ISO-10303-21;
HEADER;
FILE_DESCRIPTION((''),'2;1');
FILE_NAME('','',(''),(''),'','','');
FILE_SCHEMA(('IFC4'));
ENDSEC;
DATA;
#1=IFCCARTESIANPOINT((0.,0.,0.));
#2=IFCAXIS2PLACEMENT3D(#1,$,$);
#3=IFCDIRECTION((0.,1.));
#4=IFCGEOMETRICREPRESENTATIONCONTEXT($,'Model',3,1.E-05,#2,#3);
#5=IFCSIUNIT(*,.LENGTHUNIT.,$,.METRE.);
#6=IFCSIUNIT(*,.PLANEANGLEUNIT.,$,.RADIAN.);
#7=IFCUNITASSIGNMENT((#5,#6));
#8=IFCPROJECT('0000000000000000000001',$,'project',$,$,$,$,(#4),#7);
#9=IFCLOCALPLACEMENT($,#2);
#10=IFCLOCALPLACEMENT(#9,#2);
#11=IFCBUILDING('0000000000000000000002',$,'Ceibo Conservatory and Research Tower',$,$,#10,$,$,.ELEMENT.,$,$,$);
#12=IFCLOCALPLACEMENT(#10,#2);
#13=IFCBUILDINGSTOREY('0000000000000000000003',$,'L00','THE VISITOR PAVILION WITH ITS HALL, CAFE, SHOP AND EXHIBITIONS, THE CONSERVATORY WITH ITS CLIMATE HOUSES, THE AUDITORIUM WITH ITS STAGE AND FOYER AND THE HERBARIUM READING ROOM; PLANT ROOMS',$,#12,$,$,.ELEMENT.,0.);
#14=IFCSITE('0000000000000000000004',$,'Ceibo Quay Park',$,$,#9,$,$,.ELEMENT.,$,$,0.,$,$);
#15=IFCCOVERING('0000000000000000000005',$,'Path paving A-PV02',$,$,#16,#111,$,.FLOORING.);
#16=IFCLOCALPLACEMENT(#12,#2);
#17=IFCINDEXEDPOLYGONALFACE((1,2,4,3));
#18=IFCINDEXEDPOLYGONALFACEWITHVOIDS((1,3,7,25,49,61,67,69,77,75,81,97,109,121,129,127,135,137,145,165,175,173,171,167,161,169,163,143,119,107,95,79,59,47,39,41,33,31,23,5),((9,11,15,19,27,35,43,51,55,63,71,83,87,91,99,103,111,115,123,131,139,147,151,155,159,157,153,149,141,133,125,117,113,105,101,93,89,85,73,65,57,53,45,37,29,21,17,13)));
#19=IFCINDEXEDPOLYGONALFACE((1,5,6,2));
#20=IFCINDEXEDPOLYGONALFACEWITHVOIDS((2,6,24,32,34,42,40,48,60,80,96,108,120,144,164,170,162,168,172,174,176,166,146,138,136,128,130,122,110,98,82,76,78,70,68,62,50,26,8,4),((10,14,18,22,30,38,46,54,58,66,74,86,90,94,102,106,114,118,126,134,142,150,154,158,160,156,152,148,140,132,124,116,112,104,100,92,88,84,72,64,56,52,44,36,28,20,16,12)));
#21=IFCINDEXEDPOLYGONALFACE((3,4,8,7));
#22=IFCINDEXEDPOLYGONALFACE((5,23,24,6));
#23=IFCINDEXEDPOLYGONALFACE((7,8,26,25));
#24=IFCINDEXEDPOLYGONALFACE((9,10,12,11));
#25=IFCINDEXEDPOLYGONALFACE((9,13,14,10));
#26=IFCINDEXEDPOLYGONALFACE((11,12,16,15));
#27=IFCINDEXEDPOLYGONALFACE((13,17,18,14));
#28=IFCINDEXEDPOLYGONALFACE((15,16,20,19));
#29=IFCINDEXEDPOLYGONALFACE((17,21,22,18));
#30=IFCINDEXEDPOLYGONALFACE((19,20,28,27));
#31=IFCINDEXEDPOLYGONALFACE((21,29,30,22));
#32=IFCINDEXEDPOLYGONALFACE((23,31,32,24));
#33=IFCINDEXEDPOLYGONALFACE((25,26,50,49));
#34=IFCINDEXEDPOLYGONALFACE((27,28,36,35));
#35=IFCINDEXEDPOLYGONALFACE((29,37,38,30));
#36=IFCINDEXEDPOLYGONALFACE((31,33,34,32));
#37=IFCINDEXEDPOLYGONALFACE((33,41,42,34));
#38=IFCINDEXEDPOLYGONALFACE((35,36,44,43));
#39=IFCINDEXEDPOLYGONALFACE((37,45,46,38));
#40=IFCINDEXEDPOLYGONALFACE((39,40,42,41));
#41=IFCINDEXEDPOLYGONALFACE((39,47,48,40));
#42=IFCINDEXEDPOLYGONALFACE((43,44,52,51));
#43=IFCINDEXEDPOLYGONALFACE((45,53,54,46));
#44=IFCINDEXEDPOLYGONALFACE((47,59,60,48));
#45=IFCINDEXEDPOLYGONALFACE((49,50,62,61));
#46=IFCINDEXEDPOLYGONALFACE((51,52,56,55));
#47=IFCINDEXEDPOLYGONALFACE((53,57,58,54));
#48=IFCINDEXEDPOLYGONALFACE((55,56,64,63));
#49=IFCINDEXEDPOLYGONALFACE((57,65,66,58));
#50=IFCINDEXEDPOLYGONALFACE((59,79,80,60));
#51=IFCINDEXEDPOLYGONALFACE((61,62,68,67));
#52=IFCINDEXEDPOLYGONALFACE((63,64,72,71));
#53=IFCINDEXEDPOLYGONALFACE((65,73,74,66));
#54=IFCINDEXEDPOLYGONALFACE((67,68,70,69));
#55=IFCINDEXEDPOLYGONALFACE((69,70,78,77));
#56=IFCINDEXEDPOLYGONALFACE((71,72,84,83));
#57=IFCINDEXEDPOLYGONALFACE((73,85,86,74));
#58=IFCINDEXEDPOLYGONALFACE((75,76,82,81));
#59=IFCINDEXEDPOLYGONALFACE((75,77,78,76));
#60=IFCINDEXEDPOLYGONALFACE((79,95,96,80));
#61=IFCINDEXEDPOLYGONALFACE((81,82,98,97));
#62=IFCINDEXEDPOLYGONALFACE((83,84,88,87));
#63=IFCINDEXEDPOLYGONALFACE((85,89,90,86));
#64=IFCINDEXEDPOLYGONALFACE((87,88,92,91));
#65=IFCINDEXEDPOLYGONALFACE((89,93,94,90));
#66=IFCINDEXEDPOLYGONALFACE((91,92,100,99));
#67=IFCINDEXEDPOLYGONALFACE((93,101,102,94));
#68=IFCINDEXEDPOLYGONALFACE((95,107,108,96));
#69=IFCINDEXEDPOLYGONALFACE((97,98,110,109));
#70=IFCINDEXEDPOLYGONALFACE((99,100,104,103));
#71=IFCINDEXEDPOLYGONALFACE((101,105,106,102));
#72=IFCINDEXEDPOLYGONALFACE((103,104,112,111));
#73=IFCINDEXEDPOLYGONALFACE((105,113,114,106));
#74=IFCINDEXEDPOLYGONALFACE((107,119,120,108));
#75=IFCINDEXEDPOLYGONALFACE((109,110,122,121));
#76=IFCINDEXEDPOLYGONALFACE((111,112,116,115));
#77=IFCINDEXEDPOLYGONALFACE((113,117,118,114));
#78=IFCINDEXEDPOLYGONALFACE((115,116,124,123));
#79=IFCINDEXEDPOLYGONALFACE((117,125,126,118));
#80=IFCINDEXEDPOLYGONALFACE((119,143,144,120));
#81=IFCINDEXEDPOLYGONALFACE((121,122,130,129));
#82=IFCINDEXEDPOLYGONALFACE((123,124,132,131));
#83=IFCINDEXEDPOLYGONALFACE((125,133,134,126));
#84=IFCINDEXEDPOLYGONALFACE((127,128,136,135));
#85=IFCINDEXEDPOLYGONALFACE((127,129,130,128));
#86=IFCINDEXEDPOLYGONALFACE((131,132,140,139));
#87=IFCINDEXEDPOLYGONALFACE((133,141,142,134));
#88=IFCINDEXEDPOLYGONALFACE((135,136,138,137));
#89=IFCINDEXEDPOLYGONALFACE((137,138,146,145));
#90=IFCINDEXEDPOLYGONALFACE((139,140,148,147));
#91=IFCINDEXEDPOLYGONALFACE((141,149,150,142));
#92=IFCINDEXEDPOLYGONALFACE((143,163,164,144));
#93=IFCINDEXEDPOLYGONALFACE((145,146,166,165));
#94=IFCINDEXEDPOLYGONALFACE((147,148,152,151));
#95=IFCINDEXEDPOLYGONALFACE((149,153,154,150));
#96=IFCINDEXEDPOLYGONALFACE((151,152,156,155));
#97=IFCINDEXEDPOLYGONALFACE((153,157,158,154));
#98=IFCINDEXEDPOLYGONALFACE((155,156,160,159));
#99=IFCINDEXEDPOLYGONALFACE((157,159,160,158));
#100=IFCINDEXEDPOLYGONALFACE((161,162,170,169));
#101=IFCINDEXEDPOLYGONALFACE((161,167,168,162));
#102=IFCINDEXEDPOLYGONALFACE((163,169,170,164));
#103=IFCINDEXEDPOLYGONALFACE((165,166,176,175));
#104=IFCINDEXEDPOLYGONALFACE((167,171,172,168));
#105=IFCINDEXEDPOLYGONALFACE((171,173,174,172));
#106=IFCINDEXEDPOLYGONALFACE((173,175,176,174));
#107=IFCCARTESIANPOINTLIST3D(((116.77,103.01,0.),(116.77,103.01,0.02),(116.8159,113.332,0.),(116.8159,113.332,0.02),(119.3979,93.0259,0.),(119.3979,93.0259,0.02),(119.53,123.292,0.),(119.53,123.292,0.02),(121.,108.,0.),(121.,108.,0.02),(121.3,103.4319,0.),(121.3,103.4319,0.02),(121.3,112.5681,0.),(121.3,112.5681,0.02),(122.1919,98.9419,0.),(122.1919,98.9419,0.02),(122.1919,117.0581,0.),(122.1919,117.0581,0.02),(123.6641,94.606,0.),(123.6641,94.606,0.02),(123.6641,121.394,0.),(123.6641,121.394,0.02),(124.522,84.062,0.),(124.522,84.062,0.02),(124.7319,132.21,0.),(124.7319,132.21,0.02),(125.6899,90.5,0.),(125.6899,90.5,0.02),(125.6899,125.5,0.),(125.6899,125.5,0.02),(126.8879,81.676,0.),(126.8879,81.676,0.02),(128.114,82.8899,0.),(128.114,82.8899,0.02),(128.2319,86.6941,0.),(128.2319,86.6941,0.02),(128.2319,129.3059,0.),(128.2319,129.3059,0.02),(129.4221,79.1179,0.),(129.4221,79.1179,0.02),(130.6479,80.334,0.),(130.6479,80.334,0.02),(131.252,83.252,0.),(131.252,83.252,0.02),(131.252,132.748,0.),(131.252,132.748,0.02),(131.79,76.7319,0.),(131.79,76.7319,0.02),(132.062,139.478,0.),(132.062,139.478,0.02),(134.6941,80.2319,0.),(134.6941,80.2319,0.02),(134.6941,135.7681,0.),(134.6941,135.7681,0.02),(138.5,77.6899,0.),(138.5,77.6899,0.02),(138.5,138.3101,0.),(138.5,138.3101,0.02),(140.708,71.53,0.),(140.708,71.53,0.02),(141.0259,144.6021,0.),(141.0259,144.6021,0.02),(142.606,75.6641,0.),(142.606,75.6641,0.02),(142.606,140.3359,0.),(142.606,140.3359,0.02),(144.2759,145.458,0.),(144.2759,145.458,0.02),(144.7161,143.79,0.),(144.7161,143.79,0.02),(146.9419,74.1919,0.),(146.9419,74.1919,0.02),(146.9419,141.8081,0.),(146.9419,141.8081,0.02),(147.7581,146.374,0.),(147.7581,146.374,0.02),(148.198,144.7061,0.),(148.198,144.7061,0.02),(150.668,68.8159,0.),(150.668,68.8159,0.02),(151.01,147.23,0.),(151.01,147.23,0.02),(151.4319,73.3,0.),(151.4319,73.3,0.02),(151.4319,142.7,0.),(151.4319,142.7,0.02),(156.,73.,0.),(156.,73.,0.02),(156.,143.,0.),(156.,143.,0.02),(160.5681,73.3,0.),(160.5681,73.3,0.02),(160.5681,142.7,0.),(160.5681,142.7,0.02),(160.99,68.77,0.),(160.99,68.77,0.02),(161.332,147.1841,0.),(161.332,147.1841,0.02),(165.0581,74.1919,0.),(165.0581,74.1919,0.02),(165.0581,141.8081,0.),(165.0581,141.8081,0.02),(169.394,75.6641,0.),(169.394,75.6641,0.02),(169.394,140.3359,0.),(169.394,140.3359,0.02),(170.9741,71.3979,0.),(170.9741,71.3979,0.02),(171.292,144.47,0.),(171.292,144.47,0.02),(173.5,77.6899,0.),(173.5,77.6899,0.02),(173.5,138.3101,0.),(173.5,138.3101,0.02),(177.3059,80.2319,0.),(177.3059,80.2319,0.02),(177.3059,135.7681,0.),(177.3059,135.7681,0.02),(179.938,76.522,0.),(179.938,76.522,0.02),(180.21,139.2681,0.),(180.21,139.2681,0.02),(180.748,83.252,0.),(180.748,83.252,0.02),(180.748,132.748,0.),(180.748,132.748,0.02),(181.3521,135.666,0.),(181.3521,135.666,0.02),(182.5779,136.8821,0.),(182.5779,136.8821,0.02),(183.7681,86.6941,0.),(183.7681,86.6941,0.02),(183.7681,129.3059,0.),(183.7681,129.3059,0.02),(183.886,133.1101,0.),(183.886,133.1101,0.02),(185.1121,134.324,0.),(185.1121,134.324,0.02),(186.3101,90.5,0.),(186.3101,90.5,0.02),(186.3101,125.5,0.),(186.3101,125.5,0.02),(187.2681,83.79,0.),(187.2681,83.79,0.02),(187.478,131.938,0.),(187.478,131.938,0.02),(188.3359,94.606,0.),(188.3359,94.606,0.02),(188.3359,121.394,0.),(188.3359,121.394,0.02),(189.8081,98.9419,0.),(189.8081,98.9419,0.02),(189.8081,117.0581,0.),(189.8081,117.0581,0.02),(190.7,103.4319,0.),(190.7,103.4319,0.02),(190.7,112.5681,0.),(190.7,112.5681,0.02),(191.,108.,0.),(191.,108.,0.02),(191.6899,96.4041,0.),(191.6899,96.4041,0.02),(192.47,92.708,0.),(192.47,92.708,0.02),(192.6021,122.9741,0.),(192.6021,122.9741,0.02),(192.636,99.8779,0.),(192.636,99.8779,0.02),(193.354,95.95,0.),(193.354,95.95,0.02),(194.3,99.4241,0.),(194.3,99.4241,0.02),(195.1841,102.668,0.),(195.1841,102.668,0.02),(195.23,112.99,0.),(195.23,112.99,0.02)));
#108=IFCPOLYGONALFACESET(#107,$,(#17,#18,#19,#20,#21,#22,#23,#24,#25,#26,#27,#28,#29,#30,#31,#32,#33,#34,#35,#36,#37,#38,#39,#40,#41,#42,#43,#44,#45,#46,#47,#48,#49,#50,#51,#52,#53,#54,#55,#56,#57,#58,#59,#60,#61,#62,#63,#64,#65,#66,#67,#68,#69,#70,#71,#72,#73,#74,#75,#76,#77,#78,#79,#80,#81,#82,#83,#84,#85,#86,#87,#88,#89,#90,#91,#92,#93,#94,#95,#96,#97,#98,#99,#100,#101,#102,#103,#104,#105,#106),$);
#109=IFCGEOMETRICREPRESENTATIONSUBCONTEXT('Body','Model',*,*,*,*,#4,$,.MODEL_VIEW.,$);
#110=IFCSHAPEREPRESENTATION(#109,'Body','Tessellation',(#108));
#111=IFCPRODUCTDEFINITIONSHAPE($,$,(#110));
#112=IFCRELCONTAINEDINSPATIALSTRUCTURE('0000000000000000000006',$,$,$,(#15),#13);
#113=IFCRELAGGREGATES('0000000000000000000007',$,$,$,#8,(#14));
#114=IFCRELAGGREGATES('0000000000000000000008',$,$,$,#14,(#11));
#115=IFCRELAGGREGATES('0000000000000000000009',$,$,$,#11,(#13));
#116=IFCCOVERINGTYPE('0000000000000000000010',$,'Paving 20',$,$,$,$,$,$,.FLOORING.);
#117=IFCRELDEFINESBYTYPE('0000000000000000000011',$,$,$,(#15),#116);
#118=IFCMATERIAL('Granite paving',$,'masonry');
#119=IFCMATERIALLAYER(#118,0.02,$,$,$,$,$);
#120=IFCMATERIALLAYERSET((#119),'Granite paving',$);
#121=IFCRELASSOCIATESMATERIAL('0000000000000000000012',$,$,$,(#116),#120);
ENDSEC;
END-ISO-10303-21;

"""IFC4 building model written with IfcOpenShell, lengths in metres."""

from ifc_helpers import new_model, si_unit, direction, origin, place, context, subcontext, project, spatial, polyline, outline, extrude, material, layer, layer_set, type_object, element, save


model = new_model("IFC4")

# Units and contexts
model_context = context("Model", 3, precision=1e-05, world=origin(), true_north=direction((0.0, 1.0)))
body_context = subcontext(model_context, "Body", "Model", "MODEL_VIEW")
ifc_project = project(units=[si_unit("LENGTHUNIT", "METRE"), si_unit("PLANEANGLEUNIT", "RADIAN")], contexts=[model_context])

# Site, building, storey
site_placement = place(None, origin())
site = spatial("IfcSite", under=ifc_project, at=site_placement, Name="Ceibo Quay Park", CompositionType="ELEMENT", RefElevation=0.0)
building_placement = place(site_placement, origin())
building = spatial("IfcBuilding", under=site, at=building_placement, Name="Ceibo Conservatory and Research Tower", CompositionType="ELEMENT")
storey_placement = place(building_placement, origin())
storey = spatial("IfcBuildingStorey", under=building, at=storey_placement, Name="L00", Description="THE VISITOR PAVILION WITH ITS HALL, CAFE, SHOP AND EXHIBITIONS, THE CONSERVATORY WITH ITS CLIMATE HOUSES, THE AUDITORIUM WITH ITS STAGE AND FOYER AND THE HERBARIUM READING ROOM; PLANT ROOMS", CompositionType="ELEMENT", Elevation=0.0)

# Covering
ifc_material_1 = material(Name="Granite paving", Category="masonry")
ifc_layer_1 = layer(ifc_material_1, 0.02)
ifc_layer_set_1 = layer_set([ifc_layer_1], Name="Granite paving")
covering_type_1 = type_object("IfcCoveringType", Name="Paving 20", PredefinedType="FLOORING", material=ifc_layer_set_1)
covering_1_placement = place(storey_placement, origin())
element("IfcCovering", 1, at=covering_1_placement, inside=storey, type_object=covering_type_1, Name="Path paving A-PV02", PredefinedType="FLOORING", context=body_context, shape_type="SweptSolid", body=[
    extrude(outline(polyline([(132.062, 139.478), (124.7319, 132.21), (119.53, 123.292), (116.8159, 113.332), (116.77, 103.01), (119.3979, 93.0259), (124.522, 84.062), (126.8879, 81.676), (128.114, 82.8899), (130.6479, 80.334), (129.4221, 79.1179), (131.79, 76.7319), (140.708, 71.53), (150.668, 68.8159), (160.99, 68.77), (170.9741, 71.3979), (179.938, 76.522), (187.2681, 83.79), (192.47, 92.708), (193.354, 95.95), (191.6899, 96.4041), (192.636, 99.8779), (194.3, 99.4241), (195.1841, 102.668), (195.23, 112.99), (192.6021, 122.9741), (187.478, 131.938), (185.1121, 134.324), (183.886, 133.1101), (181.3521, 135.666), (182.5779, 136.8821), (180.21, 139.2681), (171.292, 144.47), (161.332, 147.1841), (151.01, 147.23), (147.7581, 146.374), (148.198, 144.7061), (144.7161, 143.79), (144.2759, 145.458), (141.0259, 144.6021), (132.062, 139.478)]), holes=[polyline([(121.0, 108.0), (121.3, 112.5681), (122.1919, 117.0581), (123.6641, 121.394), (125.6899, 125.5), (128.2319, 129.3059), (131.252, 132.748), (134.6941, 135.7681), (138.5, 138.3101), (142.606, 140.3359), (146.9419, 141.8081), (151.4319, 142.7), (156.0, 143.0), (160.5681, 142.7), (165.0581, 141.8081), (169.394, 140.3359), (173.5, 138.3101), (177.3059, 135.7681), (180.748, 132.748), (183.7681, 129.3059), (186.3101, 125.5), (188.3359, 121.394), (189.8081, 117.0581), (190.7, 112.5681), (191.0, 108.0), (190.7, 103.4319), (189.8081, 98.9419), (188.3359, 94.606), (186.3101, 90.5), (183.7681, 86.6941), (180.748, 83.252), (177.3059, 80.2319), (173.5, 77.6899), (169.394, 75.6641), (165.0581, 74.1919), (160.5681, 73.3), (156.0, 73.0), (151.4319, 73.3), (146.9419, 74.1919), (142.606, 75.6641), (138.5, 77.6899), (134.6941, 80.2319), (131.252, 83.252), (128.2319, 86.6941), (125.6899, 90.5), (123.6641, 94.606), (122.1919, 98.9419), (121.3, 103.4319), (121.0, 108.0)])]), origin(), (0.0, 0.0, 1.0), 0.02),
])

save(model, "model.ifc")
